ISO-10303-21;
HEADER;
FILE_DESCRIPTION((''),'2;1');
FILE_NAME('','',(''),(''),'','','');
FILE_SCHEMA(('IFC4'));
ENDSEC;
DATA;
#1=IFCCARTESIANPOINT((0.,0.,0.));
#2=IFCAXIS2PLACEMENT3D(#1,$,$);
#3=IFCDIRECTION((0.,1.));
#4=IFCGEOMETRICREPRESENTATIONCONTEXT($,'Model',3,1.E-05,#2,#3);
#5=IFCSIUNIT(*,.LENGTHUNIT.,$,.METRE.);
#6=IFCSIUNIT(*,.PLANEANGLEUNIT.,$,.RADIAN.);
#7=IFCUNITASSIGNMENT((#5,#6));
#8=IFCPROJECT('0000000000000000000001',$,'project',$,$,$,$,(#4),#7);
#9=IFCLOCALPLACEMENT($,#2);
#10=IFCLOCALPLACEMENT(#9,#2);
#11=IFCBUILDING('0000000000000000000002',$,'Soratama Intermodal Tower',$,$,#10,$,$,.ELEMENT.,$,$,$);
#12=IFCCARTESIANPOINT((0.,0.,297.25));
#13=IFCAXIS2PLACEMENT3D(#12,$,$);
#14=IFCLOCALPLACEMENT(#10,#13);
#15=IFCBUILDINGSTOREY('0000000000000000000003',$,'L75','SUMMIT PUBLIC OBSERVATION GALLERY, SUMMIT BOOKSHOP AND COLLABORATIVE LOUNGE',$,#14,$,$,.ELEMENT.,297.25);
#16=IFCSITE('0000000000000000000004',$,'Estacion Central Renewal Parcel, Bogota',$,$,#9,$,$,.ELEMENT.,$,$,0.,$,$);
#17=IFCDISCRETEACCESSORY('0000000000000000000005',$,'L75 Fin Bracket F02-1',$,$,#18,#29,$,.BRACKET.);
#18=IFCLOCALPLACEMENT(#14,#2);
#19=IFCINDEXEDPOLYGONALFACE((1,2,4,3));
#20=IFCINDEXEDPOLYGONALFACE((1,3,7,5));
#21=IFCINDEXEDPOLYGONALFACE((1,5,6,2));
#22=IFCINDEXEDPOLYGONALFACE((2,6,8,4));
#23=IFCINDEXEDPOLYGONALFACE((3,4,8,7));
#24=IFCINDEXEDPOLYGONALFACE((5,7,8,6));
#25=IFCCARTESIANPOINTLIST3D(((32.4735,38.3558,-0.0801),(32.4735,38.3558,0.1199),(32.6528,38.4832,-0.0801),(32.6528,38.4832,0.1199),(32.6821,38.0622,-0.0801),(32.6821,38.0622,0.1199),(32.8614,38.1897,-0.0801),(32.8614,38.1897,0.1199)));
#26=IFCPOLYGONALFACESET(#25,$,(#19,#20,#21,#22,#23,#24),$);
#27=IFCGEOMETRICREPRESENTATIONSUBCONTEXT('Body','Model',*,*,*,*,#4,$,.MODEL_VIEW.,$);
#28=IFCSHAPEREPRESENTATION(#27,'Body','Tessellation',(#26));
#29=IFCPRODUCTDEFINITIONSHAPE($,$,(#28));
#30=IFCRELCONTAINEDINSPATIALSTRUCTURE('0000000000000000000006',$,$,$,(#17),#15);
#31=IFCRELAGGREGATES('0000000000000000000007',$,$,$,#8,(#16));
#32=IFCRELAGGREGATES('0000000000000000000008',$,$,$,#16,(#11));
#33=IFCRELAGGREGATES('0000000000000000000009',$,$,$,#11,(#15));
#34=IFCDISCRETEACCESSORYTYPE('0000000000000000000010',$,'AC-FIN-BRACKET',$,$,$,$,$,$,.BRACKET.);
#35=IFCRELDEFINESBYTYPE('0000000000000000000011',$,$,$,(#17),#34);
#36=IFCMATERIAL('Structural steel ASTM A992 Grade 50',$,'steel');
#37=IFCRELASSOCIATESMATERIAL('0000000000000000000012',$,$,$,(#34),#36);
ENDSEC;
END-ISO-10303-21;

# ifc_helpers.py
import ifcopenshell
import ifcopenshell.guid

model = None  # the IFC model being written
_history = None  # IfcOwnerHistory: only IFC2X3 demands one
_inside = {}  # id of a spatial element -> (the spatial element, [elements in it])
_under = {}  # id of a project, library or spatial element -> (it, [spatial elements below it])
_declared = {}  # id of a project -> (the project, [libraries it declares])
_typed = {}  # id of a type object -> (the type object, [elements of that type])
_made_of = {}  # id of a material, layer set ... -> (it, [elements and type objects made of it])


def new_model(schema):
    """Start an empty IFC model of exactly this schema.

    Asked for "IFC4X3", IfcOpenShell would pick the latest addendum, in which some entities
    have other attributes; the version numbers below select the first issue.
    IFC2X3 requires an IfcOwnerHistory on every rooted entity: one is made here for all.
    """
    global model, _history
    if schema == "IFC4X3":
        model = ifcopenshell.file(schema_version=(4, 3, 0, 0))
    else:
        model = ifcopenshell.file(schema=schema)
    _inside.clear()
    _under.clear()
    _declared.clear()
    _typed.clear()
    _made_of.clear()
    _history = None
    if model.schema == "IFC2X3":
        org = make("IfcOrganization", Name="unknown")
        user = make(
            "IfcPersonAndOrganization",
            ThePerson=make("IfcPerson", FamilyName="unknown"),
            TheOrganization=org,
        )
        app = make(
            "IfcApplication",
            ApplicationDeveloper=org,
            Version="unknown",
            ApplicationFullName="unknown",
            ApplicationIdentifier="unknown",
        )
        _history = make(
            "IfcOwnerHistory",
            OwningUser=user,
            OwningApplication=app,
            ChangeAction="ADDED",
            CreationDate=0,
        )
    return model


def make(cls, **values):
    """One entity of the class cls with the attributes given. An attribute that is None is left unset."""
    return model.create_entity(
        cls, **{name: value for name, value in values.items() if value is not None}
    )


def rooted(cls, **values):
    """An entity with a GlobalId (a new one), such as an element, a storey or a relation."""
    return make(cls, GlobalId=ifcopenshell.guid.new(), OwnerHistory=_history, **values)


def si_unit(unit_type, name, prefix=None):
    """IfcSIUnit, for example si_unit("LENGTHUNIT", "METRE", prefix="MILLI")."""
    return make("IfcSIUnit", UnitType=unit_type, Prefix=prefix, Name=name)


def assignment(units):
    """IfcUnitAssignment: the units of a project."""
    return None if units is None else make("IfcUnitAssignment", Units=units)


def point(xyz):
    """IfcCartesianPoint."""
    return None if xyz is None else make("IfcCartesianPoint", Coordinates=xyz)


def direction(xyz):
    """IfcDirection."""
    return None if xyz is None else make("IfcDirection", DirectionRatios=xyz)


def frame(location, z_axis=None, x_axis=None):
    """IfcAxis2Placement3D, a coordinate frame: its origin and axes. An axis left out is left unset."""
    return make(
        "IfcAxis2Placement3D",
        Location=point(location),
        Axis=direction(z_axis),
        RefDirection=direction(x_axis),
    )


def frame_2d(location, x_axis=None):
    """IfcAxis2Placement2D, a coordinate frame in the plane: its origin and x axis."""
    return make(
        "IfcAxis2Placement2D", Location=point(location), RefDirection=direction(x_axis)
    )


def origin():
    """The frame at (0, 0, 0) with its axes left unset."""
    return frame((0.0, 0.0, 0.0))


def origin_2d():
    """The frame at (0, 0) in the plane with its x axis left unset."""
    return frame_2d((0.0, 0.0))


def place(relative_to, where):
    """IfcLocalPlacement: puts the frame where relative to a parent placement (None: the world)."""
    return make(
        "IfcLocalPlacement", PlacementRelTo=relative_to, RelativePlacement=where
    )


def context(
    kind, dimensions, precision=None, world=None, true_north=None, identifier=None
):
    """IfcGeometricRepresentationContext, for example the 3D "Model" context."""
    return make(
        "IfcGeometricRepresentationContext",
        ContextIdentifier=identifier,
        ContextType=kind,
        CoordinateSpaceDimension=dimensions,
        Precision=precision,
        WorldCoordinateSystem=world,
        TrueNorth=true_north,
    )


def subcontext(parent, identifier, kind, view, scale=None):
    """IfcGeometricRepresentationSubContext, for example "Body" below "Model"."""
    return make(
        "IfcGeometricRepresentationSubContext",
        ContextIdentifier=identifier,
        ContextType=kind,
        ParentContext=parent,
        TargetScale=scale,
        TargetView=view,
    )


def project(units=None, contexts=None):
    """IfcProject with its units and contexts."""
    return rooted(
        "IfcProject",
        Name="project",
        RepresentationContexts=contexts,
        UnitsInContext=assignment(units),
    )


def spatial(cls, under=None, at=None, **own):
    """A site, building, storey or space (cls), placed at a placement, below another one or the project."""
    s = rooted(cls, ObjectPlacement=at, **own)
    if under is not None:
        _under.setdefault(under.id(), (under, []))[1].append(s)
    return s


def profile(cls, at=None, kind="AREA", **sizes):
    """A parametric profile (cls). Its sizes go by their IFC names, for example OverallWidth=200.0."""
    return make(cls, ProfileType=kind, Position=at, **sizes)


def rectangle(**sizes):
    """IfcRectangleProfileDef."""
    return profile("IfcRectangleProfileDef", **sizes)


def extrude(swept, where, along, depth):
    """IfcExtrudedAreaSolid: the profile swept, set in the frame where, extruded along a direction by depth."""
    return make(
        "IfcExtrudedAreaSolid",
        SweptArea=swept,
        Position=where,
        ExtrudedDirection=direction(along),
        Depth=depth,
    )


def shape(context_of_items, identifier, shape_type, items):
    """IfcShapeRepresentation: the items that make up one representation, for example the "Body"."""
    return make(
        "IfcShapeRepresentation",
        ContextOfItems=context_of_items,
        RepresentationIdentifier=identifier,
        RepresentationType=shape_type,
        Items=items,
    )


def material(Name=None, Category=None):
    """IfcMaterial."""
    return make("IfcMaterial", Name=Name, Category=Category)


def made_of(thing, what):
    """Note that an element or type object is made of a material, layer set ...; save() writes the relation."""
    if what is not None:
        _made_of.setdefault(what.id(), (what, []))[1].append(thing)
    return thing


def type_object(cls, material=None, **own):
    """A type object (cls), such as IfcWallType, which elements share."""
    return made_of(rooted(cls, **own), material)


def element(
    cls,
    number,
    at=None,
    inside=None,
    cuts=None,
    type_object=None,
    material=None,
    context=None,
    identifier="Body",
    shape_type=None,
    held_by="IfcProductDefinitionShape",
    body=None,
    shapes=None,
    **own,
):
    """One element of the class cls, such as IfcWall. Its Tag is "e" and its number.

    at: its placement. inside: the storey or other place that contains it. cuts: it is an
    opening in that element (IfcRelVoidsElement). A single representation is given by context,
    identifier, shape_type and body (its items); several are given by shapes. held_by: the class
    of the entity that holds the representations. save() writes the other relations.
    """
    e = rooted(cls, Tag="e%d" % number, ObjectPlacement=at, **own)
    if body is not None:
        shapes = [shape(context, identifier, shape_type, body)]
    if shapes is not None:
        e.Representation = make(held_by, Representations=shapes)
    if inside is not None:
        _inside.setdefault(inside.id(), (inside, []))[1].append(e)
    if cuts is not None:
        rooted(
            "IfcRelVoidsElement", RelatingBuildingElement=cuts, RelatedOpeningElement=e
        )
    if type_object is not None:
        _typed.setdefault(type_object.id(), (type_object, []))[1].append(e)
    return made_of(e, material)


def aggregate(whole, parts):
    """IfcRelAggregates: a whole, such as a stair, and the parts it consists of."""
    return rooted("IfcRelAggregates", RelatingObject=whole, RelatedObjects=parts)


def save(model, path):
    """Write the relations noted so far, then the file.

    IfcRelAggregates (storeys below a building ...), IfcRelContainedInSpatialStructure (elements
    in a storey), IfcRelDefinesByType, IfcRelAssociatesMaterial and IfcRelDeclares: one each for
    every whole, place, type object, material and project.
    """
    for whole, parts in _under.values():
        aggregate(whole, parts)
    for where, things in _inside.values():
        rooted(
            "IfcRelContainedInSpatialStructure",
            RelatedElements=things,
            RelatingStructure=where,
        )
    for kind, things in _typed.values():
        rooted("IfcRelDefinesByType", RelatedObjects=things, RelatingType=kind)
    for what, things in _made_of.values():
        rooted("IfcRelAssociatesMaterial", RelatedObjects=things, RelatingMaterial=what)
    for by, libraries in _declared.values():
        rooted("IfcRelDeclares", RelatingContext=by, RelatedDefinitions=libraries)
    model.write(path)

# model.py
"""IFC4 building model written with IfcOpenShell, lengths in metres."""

from ifc_helpers import new_model, si_unit, direction, frame, origin, origin_2d, place, context, subcontext, project, spatial, rectangle, extrude, material, type_object, element, save


model = new_model("IFC4")

# Units and contexts
model_context = context("Model", 3, precision=1e-05, world=origin(), true_north=direction((0.0, 1.0)))
body_context = subcontext(model_context, "Body", "Model", "MODEL_VIEW")
ifc_project = project(units=[si_unit("LENGTHUNIT", "METRE"), si_unit("PLANEANGLEUNIT", "RADIAN")], contexts=[model_context])

# Site, building, storey
site_placement = place(None, origin())
site = spatial("IfcSite", under=ifc_project, at=site_placement, Name="Estacion Central Renewal Parcel, Bogota", CompositionType="ELEMENT", RefElevation=0.0)
building_placement = place(site_placement, origin())
building = spatial("IfcBuilding", under=site, at=building_placement, Name="Soratama Intermodal Tower", CompositionType="ELEMENT")
storey_placement = place(building_placement, frame((0.0, 0.0, 297.25)))
storey = spatial("IfcBuildingStorey", under=building, at=storey_placement, Name="L75", Description="SUMMIT PUBLIC OBSERVATION GALLERY, SUMMIT BOOKSHOP AND COLLABORATIVE LOUNGE", CompositionType="ELEMENT", Elevation=297.25)

# Discrete accessory
ifc_material_1 = material(Name="Structural steel ASTM A992 Grade 50", Category="steel")
discrete_accessory_type = type_object("IfcDiscreteAccessoryType", Name="AC-FIN-BRACKET", PredefinedType="BRACKET", material=ifc_material_1)
discrete_accessory_placement = place(storey_placement, frame((32.6675, 38.2727, -0.0801), z_axis=(0.0, 0.0, 1.0), x_axis=(-0.579281, 0.815128, 0.0)))
element("IfcDiscreteAccessory", 1, at=discrete_accessory_placement, inside=storey, type_object=discrete_accessory_type, Name="L75 Fin Bracket F02-1", PredefinedType="BRACKET", context=body_context, shape_type="SweptSolid", body=[
    extrude(rectangle(XDim=0.3601, YDim=0.22, at=origin_2d()), origin(), (0.0, 0.0, 1.0), 0.2),
])

save(model, "model.ifc")
